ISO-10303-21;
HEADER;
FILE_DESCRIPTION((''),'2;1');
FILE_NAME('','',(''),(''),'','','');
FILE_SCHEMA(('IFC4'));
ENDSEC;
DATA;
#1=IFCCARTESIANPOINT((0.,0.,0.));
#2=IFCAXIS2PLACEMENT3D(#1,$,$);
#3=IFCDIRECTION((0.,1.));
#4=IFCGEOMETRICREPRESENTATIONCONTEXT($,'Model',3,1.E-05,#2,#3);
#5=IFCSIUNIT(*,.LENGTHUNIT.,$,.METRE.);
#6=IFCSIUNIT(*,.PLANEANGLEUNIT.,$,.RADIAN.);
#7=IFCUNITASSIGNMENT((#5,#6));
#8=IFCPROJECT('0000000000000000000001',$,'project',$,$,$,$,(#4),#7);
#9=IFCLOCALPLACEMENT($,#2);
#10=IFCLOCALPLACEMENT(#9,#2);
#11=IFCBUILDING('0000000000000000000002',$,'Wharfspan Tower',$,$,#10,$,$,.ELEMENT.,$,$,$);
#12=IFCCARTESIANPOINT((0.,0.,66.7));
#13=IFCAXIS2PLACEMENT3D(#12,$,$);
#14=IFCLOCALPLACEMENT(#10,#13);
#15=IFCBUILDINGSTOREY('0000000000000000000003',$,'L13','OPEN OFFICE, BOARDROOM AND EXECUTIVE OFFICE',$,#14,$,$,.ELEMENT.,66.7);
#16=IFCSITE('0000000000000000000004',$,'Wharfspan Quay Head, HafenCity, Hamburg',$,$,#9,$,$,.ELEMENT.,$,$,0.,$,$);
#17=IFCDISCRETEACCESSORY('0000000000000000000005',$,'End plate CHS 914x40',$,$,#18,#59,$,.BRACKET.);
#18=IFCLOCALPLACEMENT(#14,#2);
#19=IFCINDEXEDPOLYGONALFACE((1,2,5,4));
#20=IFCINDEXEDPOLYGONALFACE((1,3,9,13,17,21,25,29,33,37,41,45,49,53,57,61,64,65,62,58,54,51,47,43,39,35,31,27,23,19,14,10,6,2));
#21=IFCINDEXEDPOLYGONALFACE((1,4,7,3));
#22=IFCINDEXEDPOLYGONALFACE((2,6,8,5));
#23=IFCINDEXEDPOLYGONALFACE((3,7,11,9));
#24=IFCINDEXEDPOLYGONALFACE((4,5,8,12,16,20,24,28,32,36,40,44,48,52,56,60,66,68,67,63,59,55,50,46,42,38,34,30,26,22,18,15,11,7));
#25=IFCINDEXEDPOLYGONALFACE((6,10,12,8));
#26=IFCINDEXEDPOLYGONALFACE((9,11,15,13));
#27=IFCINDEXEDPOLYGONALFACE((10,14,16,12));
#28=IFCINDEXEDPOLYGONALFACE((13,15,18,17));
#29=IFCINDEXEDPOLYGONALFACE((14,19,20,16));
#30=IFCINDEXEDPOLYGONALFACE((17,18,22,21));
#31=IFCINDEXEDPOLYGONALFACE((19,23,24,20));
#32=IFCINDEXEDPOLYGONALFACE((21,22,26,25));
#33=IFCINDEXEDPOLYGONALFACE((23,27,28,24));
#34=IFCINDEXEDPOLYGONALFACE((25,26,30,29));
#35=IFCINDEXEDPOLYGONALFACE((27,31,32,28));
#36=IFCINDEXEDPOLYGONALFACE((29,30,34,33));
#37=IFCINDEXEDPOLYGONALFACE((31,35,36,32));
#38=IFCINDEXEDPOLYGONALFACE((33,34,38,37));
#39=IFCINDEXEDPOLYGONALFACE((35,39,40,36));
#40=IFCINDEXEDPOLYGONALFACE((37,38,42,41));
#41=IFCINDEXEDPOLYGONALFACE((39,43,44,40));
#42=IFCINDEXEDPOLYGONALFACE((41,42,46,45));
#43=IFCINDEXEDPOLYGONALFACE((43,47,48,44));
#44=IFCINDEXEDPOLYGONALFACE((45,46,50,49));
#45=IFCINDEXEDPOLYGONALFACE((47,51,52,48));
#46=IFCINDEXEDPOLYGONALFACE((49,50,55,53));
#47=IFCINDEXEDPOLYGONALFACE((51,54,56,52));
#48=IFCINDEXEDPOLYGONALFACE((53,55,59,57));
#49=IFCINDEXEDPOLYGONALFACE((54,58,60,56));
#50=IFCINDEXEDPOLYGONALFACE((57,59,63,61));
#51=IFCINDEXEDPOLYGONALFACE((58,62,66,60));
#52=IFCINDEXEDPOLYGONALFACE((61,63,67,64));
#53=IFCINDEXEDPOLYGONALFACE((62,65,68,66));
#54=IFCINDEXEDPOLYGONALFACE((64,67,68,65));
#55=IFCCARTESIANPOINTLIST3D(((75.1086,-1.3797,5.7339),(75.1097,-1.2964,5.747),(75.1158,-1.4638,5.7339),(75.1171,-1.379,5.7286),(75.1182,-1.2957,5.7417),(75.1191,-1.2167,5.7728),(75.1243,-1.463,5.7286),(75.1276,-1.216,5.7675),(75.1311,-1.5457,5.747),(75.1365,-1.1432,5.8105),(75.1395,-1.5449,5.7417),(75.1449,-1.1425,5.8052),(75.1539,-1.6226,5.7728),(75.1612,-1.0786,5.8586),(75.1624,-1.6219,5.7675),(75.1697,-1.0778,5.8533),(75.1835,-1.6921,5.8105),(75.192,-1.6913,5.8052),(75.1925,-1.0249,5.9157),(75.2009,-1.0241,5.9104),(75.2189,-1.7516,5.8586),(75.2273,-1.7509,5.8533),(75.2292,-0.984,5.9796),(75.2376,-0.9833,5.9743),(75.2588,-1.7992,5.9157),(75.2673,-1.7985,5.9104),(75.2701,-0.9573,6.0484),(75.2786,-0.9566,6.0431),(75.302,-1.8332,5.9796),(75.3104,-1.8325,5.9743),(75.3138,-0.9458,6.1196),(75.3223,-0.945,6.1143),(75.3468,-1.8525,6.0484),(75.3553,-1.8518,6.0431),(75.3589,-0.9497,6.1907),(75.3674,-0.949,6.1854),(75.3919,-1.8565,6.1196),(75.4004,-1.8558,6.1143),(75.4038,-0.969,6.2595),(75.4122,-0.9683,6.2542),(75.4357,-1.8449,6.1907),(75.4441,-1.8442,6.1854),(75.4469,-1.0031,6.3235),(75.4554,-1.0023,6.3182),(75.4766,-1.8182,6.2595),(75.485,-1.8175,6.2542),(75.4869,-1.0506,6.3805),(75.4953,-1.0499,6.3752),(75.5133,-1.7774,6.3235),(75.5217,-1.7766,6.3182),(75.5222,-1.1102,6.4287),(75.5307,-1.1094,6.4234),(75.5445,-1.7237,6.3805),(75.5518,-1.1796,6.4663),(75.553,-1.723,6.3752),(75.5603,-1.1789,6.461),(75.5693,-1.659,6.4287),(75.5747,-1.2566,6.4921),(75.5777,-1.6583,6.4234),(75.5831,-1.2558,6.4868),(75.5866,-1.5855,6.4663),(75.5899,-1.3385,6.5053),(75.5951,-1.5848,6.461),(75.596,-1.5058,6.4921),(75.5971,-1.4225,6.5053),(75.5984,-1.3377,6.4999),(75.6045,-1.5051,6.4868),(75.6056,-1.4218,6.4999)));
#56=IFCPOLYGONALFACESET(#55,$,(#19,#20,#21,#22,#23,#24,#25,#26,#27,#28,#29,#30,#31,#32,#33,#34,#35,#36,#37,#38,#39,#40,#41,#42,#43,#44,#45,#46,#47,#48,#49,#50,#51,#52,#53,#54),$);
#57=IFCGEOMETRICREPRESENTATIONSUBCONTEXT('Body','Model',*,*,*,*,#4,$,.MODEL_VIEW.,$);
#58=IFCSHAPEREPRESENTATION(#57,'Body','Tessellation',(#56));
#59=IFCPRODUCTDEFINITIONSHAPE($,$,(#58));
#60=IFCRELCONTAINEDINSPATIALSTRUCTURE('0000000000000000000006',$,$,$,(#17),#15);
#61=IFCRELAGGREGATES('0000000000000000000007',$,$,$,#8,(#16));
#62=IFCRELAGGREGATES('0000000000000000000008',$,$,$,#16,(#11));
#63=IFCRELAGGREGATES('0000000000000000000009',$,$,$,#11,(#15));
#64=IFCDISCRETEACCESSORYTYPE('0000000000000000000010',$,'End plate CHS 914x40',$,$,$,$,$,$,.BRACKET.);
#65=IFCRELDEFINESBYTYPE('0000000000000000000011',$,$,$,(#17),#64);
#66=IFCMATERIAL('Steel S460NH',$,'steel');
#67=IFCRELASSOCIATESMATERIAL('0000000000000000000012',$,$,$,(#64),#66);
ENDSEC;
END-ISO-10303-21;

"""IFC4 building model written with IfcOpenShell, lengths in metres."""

from ifc_helpers import new_model, si_unit, direction, frame, origin, origin_2d, place, context, subcontext, project, spatial, circle, extrude, material, material_profile, profile_set, type_object, element, save


model = new_model("IFC4")

# Units and contexts
model_context = context("Model", 3, precision=1e-05, world=origin(), true_north=direction((0.0, 1.0)))
body_context = subcontext(model_context, "Body", "Model", "MODEL_VIEW")
ifc_project = project(units=[si_unit("LENGTHUNIT", "METRE"), si_unit("PLANEANGLEUNIT", "RADIAN")], contexts=[model_context])

# Site, building, storey
site_placement = place(None, origin())
site = spatial("IfcSite", under=ifc_project, at=site_placement, Name="Wharfspan Quay Head, HafenCity, Hamburg", CompositionType="ELEMENT", RefElevation=0.0)
building_placement = place(site_placement, origin())
building = spatial("IfcBuilding", under=site, at=building_placement, Name="Wharfspan Tower", CompositionType="ELEMENT")
storey_placement = place(building_placement, frame((0.0, 0.0, 66.7)))
storey = spatial("IfcBuildingStorey", under=building, at=storey_placement, Name="L13", Description="OPEN OFFICE, BOARDROOM AND EXECUTIVE OFFICE", CompositionType="ELEMENT", Elevation=66.7)

# Shared definitions
ifc_material_1 = material(Name="Steel S460NH", Category="steel")

# Discrete accessory
ifc_material_profile_1 = material_profile(ifc_material_1, circle(Radius=0.457, at=origin_2d()))
ifc_profile_set_1 = profile_set([ifc_material_profile_1], Name="Steel S460NH")
discrete_accessory_type = type_object("IfcDiscreteAccessoryType", Name="End plate CHS 914x40", PredefinedType="BRACKET", material=ifc_profile_set_1)
for number, where, z_axis, x_axis, name in (
    (1, (75.3613, -1.4004, 6.1143), (-0.844416, -0.072379, 0.530776), (0.085402, -0.99635, 0.0), "End plate CHS 914x40"),
):
    element("IfcDiscreteAccessory", number, at=place(storey_placement, frame(where, z_axis=z_axis, x_axis=x_axis)), inside=storey, type_object=discrete_accessory_type, Name=name, PredefinedType="BRACKET", context=body_context, shape_type="SweptSolid", body=[
        extrude(circle(Radius=0.457, at=origin_2d()), origin(), (0.0, 0.0, 1.0), 0.01),
    ])

save(model, "model.ifc")
